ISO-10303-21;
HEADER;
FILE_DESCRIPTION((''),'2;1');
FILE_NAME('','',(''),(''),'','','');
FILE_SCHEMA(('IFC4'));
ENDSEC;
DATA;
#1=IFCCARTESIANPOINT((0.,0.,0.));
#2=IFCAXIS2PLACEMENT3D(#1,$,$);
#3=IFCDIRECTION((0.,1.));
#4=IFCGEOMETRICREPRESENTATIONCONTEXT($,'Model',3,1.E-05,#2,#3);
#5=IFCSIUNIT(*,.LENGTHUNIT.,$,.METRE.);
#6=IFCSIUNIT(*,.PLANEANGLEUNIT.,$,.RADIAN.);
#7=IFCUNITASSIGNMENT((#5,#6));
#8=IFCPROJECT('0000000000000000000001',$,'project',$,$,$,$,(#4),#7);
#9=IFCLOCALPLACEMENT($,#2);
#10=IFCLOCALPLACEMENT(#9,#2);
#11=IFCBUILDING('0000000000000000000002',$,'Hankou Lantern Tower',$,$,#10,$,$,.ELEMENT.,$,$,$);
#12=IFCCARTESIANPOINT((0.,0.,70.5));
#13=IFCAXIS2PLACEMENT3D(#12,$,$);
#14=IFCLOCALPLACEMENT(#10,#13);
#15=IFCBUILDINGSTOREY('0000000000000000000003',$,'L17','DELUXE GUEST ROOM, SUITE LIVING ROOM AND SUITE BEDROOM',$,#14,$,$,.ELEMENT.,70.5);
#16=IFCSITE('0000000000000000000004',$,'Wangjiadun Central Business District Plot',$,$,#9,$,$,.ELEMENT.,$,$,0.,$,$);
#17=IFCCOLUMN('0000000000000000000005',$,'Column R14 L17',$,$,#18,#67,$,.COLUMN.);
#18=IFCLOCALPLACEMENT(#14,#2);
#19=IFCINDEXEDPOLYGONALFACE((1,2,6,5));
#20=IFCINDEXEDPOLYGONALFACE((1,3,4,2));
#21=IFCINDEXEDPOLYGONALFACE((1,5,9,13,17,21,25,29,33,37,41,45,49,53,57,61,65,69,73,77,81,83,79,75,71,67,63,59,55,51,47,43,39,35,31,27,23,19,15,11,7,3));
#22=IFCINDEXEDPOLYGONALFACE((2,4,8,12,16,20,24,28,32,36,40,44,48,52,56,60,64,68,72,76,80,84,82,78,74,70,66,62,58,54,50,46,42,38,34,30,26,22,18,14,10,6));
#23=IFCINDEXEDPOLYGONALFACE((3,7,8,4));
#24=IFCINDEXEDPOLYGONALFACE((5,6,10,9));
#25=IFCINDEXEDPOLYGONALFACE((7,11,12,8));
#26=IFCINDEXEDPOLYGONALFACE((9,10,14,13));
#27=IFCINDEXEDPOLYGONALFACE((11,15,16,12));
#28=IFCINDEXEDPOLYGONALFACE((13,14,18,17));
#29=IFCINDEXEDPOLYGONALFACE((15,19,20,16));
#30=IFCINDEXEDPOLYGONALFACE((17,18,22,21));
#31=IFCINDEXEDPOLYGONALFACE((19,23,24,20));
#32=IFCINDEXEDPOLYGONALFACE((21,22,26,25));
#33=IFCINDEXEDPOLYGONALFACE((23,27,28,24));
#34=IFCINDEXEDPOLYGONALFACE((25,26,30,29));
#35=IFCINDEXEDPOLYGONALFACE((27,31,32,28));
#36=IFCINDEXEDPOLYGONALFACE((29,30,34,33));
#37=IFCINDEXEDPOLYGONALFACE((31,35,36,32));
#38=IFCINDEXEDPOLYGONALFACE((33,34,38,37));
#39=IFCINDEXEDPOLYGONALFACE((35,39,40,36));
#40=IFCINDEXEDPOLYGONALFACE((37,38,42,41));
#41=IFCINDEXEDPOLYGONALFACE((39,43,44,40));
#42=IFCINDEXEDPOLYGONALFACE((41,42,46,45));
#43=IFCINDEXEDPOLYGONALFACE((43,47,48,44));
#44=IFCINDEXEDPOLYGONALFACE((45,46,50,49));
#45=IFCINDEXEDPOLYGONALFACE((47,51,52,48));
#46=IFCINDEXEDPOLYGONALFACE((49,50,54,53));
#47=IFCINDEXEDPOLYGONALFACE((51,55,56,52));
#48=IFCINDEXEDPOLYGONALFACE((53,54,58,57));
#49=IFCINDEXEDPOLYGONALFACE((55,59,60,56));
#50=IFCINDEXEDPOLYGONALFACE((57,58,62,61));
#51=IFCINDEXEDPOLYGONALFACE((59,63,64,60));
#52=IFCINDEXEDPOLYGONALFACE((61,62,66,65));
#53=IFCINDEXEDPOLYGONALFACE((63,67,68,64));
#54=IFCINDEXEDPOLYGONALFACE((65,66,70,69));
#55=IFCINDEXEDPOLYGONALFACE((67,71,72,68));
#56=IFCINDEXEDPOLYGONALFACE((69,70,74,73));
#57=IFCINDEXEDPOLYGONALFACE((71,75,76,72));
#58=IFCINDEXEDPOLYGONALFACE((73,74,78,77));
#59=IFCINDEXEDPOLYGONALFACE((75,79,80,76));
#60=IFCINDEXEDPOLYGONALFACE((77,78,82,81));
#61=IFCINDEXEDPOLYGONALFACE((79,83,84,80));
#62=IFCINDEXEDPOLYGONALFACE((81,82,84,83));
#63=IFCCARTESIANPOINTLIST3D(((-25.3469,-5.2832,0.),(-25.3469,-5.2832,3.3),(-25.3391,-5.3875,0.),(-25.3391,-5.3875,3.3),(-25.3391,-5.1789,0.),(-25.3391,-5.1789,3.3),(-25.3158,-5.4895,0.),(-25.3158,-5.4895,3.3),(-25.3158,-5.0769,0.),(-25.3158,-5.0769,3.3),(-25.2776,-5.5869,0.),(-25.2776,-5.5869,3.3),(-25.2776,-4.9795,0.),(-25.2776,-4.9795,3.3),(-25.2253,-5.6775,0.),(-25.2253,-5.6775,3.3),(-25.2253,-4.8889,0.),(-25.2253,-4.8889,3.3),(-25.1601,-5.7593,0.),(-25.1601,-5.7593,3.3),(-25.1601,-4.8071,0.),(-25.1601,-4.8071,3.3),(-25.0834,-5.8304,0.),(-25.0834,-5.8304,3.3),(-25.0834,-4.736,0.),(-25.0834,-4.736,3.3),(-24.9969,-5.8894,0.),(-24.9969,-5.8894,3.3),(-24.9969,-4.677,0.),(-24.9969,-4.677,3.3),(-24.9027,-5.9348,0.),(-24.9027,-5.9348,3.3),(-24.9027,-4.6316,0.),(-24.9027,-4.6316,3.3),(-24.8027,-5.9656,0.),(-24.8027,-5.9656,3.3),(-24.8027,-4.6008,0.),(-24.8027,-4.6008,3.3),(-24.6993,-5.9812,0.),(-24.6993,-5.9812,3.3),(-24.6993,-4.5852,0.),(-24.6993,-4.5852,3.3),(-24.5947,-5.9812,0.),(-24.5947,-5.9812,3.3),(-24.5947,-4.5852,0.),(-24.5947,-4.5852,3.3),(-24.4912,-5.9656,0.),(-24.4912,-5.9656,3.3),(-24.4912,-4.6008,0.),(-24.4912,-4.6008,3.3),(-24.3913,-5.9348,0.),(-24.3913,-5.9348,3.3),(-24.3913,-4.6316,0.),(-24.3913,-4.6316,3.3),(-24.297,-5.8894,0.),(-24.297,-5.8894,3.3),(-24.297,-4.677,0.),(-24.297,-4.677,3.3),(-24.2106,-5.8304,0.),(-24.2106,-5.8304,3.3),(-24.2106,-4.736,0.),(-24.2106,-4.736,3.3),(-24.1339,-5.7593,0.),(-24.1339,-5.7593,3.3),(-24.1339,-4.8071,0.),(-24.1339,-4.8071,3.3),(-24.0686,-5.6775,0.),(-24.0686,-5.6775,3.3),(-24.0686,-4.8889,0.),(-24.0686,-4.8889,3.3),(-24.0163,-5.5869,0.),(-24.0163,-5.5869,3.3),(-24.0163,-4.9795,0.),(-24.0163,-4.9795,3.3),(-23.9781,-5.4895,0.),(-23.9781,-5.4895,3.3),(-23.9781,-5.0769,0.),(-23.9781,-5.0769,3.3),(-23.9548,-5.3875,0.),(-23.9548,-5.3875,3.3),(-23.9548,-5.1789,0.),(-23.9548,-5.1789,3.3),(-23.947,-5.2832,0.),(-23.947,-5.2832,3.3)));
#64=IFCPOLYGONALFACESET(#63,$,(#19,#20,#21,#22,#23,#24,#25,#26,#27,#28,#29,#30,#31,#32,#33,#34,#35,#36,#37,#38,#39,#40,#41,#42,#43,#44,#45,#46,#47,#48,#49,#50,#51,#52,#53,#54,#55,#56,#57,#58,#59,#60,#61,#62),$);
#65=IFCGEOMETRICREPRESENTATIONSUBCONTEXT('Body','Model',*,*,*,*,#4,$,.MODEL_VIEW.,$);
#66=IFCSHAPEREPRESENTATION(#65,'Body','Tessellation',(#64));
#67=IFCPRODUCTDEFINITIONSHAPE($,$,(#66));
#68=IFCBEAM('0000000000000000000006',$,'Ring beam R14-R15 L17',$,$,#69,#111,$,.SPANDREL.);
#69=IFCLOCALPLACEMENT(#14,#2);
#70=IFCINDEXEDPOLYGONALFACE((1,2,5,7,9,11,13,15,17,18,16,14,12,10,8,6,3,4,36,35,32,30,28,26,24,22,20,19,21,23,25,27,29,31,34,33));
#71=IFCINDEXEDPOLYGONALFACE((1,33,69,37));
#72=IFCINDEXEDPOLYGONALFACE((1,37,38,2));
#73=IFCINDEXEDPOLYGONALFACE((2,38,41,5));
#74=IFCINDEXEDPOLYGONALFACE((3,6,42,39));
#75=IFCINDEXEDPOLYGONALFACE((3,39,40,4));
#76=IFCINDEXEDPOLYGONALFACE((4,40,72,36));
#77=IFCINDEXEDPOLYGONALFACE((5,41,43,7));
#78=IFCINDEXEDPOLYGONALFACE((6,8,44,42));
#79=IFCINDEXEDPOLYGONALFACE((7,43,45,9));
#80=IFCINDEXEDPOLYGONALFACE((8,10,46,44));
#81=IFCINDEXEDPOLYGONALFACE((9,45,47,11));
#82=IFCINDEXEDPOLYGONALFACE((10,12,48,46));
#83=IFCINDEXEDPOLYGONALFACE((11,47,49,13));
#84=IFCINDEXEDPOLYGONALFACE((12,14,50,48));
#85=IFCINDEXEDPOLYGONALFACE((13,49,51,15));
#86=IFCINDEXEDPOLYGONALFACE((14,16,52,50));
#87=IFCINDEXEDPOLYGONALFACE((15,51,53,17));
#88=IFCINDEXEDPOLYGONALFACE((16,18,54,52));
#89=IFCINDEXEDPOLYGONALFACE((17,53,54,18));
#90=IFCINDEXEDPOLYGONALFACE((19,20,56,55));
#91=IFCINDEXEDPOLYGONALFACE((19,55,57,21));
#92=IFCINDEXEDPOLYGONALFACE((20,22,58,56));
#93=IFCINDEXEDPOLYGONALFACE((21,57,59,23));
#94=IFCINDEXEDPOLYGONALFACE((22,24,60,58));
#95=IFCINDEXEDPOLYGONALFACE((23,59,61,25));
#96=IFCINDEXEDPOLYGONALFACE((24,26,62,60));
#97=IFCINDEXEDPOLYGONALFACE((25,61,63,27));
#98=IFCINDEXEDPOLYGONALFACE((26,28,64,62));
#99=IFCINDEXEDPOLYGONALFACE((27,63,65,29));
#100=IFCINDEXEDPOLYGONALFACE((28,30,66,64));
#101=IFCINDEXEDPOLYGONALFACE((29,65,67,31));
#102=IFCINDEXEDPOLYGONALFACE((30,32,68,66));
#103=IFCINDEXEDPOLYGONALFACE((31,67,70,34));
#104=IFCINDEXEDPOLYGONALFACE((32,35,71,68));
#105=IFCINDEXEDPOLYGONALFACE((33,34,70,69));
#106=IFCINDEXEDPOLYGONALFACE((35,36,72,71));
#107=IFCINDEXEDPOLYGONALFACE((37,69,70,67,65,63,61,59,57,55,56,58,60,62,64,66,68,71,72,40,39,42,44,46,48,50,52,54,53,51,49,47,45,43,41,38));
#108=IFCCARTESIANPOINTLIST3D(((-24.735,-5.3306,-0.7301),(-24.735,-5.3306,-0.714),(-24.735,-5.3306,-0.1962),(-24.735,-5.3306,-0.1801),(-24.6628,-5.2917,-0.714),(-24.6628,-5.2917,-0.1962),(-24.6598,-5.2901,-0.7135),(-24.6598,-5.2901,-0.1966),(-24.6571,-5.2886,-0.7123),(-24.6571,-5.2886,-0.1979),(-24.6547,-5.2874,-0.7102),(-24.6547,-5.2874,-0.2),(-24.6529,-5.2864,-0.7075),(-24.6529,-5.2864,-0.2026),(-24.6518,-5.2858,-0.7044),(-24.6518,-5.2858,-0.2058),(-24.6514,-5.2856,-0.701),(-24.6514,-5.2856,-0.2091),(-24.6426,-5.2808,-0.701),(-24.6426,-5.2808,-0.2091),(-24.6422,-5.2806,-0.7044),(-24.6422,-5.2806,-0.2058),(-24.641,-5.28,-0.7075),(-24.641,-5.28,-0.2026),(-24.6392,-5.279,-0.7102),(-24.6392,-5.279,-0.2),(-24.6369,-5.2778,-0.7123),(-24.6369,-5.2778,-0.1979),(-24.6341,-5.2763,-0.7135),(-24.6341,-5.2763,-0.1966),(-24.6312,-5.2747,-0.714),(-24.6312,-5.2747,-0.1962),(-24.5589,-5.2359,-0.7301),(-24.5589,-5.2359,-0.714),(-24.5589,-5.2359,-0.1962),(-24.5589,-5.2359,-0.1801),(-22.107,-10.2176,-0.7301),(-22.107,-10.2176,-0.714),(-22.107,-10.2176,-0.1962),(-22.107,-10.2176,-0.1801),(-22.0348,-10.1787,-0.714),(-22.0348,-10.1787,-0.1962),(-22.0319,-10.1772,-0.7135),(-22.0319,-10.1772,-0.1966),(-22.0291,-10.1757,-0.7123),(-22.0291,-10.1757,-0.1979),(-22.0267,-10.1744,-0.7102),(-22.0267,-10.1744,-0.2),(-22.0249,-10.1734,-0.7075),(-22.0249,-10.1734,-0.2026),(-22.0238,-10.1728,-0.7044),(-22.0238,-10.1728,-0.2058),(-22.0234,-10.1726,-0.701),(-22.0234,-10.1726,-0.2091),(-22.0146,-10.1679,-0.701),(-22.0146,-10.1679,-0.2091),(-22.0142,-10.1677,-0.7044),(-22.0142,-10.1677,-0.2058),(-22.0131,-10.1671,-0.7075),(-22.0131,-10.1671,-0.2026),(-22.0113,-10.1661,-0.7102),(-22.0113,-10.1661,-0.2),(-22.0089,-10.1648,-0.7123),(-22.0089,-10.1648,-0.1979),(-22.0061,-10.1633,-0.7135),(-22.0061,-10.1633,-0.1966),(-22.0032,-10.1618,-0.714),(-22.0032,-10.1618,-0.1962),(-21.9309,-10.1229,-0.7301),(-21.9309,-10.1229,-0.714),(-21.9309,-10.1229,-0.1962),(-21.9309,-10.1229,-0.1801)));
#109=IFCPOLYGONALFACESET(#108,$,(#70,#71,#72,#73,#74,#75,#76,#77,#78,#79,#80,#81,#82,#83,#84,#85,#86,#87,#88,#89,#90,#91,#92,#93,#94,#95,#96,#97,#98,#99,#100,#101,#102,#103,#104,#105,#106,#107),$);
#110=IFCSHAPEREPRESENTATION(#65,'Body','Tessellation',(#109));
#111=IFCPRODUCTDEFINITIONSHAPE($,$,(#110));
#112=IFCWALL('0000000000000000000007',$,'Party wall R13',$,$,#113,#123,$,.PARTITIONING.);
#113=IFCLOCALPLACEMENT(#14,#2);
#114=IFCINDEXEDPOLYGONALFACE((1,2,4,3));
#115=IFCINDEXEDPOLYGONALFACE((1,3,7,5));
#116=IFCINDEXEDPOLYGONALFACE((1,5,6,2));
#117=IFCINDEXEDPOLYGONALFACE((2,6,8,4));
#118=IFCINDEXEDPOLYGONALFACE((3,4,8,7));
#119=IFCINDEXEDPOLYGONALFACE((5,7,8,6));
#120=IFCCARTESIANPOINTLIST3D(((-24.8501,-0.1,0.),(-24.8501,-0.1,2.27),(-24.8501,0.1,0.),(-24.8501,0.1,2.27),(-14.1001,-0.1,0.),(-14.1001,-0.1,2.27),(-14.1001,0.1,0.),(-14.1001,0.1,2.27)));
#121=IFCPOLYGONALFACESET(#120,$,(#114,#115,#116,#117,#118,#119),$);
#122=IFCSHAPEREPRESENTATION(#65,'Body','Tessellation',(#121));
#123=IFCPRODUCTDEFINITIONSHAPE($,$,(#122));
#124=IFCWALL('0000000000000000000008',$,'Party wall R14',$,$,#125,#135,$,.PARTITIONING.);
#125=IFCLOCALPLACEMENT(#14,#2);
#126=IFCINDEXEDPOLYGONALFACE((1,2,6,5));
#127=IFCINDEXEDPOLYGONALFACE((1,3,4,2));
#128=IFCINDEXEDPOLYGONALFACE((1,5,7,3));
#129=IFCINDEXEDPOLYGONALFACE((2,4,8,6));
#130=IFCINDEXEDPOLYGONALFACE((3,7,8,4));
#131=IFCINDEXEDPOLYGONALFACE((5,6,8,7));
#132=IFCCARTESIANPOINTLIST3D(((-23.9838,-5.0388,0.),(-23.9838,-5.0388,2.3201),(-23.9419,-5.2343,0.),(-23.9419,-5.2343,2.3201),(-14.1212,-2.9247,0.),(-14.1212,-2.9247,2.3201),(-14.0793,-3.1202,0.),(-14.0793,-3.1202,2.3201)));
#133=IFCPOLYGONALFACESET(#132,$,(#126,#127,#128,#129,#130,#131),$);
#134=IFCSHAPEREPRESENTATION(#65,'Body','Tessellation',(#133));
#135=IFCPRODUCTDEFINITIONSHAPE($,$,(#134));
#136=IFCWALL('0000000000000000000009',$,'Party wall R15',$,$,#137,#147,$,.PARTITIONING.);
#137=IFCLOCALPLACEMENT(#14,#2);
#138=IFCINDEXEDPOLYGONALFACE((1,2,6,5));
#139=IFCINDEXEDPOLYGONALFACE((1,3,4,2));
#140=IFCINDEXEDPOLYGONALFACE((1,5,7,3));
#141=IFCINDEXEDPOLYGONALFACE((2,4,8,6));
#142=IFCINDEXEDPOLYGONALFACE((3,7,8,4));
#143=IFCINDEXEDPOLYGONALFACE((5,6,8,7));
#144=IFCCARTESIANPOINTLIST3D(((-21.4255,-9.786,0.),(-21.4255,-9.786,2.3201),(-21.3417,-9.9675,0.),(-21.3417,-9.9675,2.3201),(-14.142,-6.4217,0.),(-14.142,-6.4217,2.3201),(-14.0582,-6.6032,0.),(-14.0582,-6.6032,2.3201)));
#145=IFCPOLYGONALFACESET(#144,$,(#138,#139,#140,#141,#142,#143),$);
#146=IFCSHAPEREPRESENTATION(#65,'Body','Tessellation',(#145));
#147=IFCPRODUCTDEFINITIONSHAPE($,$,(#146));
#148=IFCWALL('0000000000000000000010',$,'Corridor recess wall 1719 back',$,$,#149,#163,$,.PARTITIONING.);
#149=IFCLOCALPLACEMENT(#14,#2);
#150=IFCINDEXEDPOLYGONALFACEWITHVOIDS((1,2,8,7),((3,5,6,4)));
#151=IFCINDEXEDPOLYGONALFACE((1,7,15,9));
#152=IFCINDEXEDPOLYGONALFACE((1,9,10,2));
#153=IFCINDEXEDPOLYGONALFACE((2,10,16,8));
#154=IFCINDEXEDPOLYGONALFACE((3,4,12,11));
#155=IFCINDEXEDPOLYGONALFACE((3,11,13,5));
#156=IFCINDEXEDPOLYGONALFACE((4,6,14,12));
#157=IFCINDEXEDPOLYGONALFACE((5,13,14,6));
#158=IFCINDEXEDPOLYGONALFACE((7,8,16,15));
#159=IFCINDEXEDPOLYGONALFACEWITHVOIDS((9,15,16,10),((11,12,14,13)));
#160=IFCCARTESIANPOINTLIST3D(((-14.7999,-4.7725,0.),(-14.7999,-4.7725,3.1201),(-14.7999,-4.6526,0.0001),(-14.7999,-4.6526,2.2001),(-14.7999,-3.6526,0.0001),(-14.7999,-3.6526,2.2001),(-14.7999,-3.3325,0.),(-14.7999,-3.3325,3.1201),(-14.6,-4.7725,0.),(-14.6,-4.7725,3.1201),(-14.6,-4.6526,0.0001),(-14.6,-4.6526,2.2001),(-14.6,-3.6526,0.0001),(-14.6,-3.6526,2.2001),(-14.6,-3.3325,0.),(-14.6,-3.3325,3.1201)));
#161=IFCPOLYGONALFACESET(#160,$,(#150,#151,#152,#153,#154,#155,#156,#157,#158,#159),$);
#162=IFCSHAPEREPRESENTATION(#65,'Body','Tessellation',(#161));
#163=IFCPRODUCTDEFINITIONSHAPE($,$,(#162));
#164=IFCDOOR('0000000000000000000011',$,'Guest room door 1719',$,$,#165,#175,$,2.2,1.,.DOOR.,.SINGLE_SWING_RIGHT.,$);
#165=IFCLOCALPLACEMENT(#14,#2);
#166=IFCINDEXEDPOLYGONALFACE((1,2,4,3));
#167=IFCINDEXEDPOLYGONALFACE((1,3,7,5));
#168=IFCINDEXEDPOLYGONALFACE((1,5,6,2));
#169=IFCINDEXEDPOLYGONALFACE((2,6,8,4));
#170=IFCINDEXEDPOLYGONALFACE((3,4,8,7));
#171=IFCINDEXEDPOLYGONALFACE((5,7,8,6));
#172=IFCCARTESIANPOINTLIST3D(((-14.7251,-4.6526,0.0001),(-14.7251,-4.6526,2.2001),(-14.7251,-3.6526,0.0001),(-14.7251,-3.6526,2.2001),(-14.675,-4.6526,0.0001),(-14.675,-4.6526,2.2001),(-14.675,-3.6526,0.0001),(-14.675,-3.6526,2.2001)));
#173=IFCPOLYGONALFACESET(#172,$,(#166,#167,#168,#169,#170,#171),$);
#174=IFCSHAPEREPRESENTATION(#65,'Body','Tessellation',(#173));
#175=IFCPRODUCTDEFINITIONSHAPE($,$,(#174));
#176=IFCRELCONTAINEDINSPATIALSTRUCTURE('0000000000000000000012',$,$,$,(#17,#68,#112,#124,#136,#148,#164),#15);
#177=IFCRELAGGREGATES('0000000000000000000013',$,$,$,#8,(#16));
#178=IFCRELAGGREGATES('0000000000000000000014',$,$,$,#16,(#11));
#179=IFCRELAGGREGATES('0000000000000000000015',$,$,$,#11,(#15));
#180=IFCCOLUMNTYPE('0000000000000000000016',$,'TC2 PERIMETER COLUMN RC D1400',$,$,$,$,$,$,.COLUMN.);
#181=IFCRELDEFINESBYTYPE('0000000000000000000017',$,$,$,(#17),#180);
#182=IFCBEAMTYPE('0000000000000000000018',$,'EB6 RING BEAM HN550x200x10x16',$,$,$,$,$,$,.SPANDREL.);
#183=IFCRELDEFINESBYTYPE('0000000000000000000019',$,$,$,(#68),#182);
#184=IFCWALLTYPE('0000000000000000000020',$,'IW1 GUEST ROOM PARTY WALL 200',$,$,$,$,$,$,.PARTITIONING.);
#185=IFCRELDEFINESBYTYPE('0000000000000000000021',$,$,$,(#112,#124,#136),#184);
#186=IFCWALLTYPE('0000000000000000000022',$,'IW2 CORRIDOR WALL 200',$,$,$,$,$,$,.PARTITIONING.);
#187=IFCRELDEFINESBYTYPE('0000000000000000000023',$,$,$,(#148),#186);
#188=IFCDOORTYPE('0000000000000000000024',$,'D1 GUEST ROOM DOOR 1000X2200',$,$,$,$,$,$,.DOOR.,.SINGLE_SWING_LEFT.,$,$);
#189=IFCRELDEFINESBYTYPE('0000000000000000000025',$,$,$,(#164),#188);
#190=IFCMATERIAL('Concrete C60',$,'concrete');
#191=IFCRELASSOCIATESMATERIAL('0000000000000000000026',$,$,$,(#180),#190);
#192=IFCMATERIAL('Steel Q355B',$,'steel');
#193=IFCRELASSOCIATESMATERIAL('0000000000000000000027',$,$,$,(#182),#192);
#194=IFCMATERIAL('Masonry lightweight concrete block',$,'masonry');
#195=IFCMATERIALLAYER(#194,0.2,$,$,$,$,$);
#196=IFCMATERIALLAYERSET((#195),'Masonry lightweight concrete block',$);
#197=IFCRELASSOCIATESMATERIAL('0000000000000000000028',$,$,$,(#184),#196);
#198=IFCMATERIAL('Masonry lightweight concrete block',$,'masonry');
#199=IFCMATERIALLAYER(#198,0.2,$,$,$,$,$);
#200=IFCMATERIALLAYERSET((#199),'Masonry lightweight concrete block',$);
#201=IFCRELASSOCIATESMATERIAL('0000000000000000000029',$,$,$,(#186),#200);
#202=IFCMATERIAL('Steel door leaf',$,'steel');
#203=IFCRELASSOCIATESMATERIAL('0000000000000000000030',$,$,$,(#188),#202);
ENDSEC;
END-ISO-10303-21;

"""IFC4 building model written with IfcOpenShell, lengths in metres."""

from ifc_helpers import new_model, si_unit, direction, frame, frame_2d, origin, origin_2d, place, context, subcontext, project, spatial, rectangle, circle, i_section, extrude, material, layer, layer_set, material_profile, profile_set, type_object, element, fill, save


model = new_model("IFC4")

# Units and contexts
model_context = context("Model", 3, precision=1e-05, world=origin(), true_north=direction((0.0, 1.0)))
body_context = subcontext(model_context, "Body", "Model", "MODEL_VIEW")
ifc_project = project(units=[si_unit("LENGTHUNIT", "METRE"), si_unit("PLANEANGLEUNIT", "RADIAN")], contexts=[model_context])

# Site, building, storey
site_placement = place(None, origin())
site = spatial("IfcSite", under=ifc_project, at=site_placement, Name="Wangjiadun Central Business District Plot", CompositionType="ELEMENT", RefElevation=0.0)
building_placement = place(site_placement, origin())
building = spatial("IfcBuilding", under=site, at=building_placement, Name="Hankou Lantern Tower", CompositionType="ELEMENT")
storey_placement = place(building_placement, frame((0.0, 0.0, 70.5)))
storey = spatial("IfcBuildingStorey", under=building, at=storey_placement, Name="L17", Description="DELUXE GUEST ROOM, SUITE LIVING ROOM AND SUITE BEDROOM", CompositionType="ELEMENT", Elevation=70.5)

# Column
ifc_material_1 = material(Name="Concrete C60", Category="concrete")
ifc_material_profile_1 = material_profile(ifc_material_1, circle(Radius=0.7, at=origin_2d()), Name="RC D1400")
ifc_profile_set_1 = profile_set([ifc_material_profile_1], Name="Concrete C60")
column_type = type_object("IfcColumnType", Name="TC2 PERIMETER COLUMN RC D1400", PredefinedType="COLUMN", material=ifc_profile_set_1)
column_placement = place(storey_placement, frame((-24.647, -5.2832, 0.0), z_axis=(0.0, 0.0, 1.0), x_axis=(1.0, 0.0, 0.0)))
element("IfcColumn", 1, at=column_placement, inside=storey, type_object=column_type, Name="Column R14 L17", PredefinedType="COLUMN", context=body_context, shape_type="SweptSolid", body=[
    extrude(circle(Radius=0.7, at=origin_2d()), origin(), (0.0, 0.0, 1.0), 3.3),
])

# Beam
ifc_material_2 = material(Name="Steel Q355B", Category="steel")
ifc_material_profile_2 = material_profile(ifc_material_2, i_section(OverallWidth=0.2, OverallDepth=0.55, WebThickness=0.01, FlangeThickness=0.0161, FilletRadius=0.0129, at=origin_2d()), Name="HN550x200x10x16")
ifc_profile_set_2 = profile_set([ifc_material_profile_2], Name="Steel Q355B")
beam_type = type_object("IfcBeamType", Name="EB6 RING BEAM HN550x200x10x16", PredefinedType="SPANDREL", material=ifc_profile_set_2)
beam_placement = place(storey_placement, frame((-24.647, -5.2832, -0.4551), z_axis=(0.473609, -0.880735, 0.0), x_axis=(0.880735, 0.473609, 0.0)))
element("IfcBeam", 2, at=beam_placement, inside=storey, type_object=beam_type, Name="Ring beam R14-R15 L17", PredefinedType="SPANDREL", context=body_context, shape_type="SweptSolid", body=[
    extrude(i_section(OverallWidth=0.2, OverallDepth=0.55, WebThickness=0.01, FlangeThickness=0.0161, FilletRadius=0.0129, at=origin_2d()), origin(), (0.0, 0.0, 1.0), 5.5488),
])

# Walls
ifc_material_3 = material(Name="Masonry lightweight concrete block", Category="masonry")
ifc_layer_1 = layer(ifc_material_3, 0.2)
ifc_layer_set_1 = layer_set([ifc_layer_1], Name="Masonry lightweight concrete block")
wall_type_1 = type_object("IfcWallType", Name="IW1 GUEST ROOM PARTY WALL 200", PredefinedType="PARTITIONING", material=ifc_layer_set_1)
wall_1_placement = place(storey_placement, frame((-14.1001, 0.0, 0.0), z_axis=(0.0, 0.0, 1.0), x_axis=(-1.0, 0.0, 0.0)))
element("IfcWall", 3, at=wall_1_placement, inside=storey, type_object=wall_type_1, Name="Party wall R13", PredefinedType="PARTITIONING", context=body_context, shape_type="SweptSolid", body=[
    extrude(rectangle(XDim=10.75, YDim=0.2, at=frame_2d((5.375, 0.0))), origin(), (0.0, 0.0, 1.0), 2.27),
])
wall_2_placement = place(storey_placement, frame((-14.1001, -3.0225, 0.0), z_axis=(0.0, 0.0, 1.0), x_axis=(-0.97779, -0.209587, 0.0)))
element("IfcWall", 4, at=wall_2_placement, inside=storey, type_object=wall_type_1, Name="Party wall R14", PredefinedType="PARTITIONING", context=body_context, shape_type="SweptSolid", body=[
    extrude(rectangle(XDim=10.0867, YDim=0.2, at=frame_2d((5.0435, 0.0))), origin(), (0.0, 0.0, 1.0), 2.3201),
])
wall_3_placement = place(storey_placement, frame((-14.1001, -6.5125, 0.0), z_axis=(0.0, 0.0, 1.0), x_axis=(-0.907833, -0.419332, 0.0)))
element("IfcWall", 5, at=wall_3_placement, inside=storey, type_object=wall_type_1, Name="Party wall R15", PredefinedType="PARTITIONING", context=body_context, shape_type="SweptSolid", body=[
    extrude(rectangle(XDim=8.0229, YDim=0.2, at=frame_2d((4.0115, 0.0))), origin(), (0.0, 0.0, 1.0), 2.3201),
])

# Wall, opening, door
ifc_material_4 = material(Name="Masonry lightweight concrete block", Category="masonry")
ifc_layer_2 = layer(ifc_material_4, 0.2)
ifc_layer_set_2 = layer_set([ifc_layer_2], Name="Masonry lightweight concrete block")
wall_type_2 = type_object("IfcWallType", Name="IW2 CORRIDOR WALL 200", PredefinedType="PARTITIONING", material=ifc_layer_set_2)
wall_4_placement = place(storey_placement, frame((-14.7, -3.3325, 0.0), z_axis=(0.0, 0.0, 1.0), x_axis=(0.0, -1.0, 0.0)))
wall_4 = element("IfcWall", 6, at=wall_4_placement, inside=storey, type_object=wall_type_2, Name="Corridor recess wall 1719 back", PredefinedType="PARTITIONING", context=body_context, shape_type="SweptSolid", body=[
    extrude(rectangle(XDim=1.4399, YDim=0.2, at=frame_2d((0.72, 0.0))), origin(), (0.0, 0.0, 1.0), 3.1201),
])
opening_1_placement = place(wall_4_placement, frame((0.3201, 0.0, 0.0)))
opening_1 = element("IfcOpeningElement", 7, at=opening_1_placement, cuts=wall_4, PredefinedType="OPENING", context=body_context, shape_type="SweptSolid", body=[
    extrude(rectangle(XDim=1.0, YDim=2.2, at=frame_2d((0.5, 1.1001))), frame((0.0, 0.1099, 0.0), z_axis=(0.0, -1.0, 0.0), x_axis=(1.0, 0.0, 0.0)), (0.0, 0.0, 1.0), 0.22),
])
ifc_material_5 = material(Name="Steel door leaf", Category="steel")
door_type_1 = type_object("IfcDoorType", Name="D1 GUEST ROOM DOOR 1000X2200", OperationType="SINGLE_SWING_LEFT", PredefinedType="DOOR", material=ifc_material_5)
door_1_placement = place(opening_1_placement, origin())
door_1 = element("IfcDoor", 8, at=door_1_placement, inside=storey, type_object=door_type_1, Name="Guest room door 1719", OperationType="SINGLE_SWING_RIGHT", OverallHeight=2.2, OverallWidth=1.0, PredefinedType="DOOR", context=body_context, shape_type="SweptSolid", body=[
    extrude(rectangle(XDim=1.0, YDim=2.2, at=frame_2d((0.5, 1.1001))), frame((0.0, 0.0249, 0.0), z_axis=(0.0, -1.0, 0.0), x_axis=(1.0, 0.0, 0.0)), (0.0, 0.0, 1.0), 0.05),
])
fill(opening_1, door_1)

save(model, "model.ifc")
